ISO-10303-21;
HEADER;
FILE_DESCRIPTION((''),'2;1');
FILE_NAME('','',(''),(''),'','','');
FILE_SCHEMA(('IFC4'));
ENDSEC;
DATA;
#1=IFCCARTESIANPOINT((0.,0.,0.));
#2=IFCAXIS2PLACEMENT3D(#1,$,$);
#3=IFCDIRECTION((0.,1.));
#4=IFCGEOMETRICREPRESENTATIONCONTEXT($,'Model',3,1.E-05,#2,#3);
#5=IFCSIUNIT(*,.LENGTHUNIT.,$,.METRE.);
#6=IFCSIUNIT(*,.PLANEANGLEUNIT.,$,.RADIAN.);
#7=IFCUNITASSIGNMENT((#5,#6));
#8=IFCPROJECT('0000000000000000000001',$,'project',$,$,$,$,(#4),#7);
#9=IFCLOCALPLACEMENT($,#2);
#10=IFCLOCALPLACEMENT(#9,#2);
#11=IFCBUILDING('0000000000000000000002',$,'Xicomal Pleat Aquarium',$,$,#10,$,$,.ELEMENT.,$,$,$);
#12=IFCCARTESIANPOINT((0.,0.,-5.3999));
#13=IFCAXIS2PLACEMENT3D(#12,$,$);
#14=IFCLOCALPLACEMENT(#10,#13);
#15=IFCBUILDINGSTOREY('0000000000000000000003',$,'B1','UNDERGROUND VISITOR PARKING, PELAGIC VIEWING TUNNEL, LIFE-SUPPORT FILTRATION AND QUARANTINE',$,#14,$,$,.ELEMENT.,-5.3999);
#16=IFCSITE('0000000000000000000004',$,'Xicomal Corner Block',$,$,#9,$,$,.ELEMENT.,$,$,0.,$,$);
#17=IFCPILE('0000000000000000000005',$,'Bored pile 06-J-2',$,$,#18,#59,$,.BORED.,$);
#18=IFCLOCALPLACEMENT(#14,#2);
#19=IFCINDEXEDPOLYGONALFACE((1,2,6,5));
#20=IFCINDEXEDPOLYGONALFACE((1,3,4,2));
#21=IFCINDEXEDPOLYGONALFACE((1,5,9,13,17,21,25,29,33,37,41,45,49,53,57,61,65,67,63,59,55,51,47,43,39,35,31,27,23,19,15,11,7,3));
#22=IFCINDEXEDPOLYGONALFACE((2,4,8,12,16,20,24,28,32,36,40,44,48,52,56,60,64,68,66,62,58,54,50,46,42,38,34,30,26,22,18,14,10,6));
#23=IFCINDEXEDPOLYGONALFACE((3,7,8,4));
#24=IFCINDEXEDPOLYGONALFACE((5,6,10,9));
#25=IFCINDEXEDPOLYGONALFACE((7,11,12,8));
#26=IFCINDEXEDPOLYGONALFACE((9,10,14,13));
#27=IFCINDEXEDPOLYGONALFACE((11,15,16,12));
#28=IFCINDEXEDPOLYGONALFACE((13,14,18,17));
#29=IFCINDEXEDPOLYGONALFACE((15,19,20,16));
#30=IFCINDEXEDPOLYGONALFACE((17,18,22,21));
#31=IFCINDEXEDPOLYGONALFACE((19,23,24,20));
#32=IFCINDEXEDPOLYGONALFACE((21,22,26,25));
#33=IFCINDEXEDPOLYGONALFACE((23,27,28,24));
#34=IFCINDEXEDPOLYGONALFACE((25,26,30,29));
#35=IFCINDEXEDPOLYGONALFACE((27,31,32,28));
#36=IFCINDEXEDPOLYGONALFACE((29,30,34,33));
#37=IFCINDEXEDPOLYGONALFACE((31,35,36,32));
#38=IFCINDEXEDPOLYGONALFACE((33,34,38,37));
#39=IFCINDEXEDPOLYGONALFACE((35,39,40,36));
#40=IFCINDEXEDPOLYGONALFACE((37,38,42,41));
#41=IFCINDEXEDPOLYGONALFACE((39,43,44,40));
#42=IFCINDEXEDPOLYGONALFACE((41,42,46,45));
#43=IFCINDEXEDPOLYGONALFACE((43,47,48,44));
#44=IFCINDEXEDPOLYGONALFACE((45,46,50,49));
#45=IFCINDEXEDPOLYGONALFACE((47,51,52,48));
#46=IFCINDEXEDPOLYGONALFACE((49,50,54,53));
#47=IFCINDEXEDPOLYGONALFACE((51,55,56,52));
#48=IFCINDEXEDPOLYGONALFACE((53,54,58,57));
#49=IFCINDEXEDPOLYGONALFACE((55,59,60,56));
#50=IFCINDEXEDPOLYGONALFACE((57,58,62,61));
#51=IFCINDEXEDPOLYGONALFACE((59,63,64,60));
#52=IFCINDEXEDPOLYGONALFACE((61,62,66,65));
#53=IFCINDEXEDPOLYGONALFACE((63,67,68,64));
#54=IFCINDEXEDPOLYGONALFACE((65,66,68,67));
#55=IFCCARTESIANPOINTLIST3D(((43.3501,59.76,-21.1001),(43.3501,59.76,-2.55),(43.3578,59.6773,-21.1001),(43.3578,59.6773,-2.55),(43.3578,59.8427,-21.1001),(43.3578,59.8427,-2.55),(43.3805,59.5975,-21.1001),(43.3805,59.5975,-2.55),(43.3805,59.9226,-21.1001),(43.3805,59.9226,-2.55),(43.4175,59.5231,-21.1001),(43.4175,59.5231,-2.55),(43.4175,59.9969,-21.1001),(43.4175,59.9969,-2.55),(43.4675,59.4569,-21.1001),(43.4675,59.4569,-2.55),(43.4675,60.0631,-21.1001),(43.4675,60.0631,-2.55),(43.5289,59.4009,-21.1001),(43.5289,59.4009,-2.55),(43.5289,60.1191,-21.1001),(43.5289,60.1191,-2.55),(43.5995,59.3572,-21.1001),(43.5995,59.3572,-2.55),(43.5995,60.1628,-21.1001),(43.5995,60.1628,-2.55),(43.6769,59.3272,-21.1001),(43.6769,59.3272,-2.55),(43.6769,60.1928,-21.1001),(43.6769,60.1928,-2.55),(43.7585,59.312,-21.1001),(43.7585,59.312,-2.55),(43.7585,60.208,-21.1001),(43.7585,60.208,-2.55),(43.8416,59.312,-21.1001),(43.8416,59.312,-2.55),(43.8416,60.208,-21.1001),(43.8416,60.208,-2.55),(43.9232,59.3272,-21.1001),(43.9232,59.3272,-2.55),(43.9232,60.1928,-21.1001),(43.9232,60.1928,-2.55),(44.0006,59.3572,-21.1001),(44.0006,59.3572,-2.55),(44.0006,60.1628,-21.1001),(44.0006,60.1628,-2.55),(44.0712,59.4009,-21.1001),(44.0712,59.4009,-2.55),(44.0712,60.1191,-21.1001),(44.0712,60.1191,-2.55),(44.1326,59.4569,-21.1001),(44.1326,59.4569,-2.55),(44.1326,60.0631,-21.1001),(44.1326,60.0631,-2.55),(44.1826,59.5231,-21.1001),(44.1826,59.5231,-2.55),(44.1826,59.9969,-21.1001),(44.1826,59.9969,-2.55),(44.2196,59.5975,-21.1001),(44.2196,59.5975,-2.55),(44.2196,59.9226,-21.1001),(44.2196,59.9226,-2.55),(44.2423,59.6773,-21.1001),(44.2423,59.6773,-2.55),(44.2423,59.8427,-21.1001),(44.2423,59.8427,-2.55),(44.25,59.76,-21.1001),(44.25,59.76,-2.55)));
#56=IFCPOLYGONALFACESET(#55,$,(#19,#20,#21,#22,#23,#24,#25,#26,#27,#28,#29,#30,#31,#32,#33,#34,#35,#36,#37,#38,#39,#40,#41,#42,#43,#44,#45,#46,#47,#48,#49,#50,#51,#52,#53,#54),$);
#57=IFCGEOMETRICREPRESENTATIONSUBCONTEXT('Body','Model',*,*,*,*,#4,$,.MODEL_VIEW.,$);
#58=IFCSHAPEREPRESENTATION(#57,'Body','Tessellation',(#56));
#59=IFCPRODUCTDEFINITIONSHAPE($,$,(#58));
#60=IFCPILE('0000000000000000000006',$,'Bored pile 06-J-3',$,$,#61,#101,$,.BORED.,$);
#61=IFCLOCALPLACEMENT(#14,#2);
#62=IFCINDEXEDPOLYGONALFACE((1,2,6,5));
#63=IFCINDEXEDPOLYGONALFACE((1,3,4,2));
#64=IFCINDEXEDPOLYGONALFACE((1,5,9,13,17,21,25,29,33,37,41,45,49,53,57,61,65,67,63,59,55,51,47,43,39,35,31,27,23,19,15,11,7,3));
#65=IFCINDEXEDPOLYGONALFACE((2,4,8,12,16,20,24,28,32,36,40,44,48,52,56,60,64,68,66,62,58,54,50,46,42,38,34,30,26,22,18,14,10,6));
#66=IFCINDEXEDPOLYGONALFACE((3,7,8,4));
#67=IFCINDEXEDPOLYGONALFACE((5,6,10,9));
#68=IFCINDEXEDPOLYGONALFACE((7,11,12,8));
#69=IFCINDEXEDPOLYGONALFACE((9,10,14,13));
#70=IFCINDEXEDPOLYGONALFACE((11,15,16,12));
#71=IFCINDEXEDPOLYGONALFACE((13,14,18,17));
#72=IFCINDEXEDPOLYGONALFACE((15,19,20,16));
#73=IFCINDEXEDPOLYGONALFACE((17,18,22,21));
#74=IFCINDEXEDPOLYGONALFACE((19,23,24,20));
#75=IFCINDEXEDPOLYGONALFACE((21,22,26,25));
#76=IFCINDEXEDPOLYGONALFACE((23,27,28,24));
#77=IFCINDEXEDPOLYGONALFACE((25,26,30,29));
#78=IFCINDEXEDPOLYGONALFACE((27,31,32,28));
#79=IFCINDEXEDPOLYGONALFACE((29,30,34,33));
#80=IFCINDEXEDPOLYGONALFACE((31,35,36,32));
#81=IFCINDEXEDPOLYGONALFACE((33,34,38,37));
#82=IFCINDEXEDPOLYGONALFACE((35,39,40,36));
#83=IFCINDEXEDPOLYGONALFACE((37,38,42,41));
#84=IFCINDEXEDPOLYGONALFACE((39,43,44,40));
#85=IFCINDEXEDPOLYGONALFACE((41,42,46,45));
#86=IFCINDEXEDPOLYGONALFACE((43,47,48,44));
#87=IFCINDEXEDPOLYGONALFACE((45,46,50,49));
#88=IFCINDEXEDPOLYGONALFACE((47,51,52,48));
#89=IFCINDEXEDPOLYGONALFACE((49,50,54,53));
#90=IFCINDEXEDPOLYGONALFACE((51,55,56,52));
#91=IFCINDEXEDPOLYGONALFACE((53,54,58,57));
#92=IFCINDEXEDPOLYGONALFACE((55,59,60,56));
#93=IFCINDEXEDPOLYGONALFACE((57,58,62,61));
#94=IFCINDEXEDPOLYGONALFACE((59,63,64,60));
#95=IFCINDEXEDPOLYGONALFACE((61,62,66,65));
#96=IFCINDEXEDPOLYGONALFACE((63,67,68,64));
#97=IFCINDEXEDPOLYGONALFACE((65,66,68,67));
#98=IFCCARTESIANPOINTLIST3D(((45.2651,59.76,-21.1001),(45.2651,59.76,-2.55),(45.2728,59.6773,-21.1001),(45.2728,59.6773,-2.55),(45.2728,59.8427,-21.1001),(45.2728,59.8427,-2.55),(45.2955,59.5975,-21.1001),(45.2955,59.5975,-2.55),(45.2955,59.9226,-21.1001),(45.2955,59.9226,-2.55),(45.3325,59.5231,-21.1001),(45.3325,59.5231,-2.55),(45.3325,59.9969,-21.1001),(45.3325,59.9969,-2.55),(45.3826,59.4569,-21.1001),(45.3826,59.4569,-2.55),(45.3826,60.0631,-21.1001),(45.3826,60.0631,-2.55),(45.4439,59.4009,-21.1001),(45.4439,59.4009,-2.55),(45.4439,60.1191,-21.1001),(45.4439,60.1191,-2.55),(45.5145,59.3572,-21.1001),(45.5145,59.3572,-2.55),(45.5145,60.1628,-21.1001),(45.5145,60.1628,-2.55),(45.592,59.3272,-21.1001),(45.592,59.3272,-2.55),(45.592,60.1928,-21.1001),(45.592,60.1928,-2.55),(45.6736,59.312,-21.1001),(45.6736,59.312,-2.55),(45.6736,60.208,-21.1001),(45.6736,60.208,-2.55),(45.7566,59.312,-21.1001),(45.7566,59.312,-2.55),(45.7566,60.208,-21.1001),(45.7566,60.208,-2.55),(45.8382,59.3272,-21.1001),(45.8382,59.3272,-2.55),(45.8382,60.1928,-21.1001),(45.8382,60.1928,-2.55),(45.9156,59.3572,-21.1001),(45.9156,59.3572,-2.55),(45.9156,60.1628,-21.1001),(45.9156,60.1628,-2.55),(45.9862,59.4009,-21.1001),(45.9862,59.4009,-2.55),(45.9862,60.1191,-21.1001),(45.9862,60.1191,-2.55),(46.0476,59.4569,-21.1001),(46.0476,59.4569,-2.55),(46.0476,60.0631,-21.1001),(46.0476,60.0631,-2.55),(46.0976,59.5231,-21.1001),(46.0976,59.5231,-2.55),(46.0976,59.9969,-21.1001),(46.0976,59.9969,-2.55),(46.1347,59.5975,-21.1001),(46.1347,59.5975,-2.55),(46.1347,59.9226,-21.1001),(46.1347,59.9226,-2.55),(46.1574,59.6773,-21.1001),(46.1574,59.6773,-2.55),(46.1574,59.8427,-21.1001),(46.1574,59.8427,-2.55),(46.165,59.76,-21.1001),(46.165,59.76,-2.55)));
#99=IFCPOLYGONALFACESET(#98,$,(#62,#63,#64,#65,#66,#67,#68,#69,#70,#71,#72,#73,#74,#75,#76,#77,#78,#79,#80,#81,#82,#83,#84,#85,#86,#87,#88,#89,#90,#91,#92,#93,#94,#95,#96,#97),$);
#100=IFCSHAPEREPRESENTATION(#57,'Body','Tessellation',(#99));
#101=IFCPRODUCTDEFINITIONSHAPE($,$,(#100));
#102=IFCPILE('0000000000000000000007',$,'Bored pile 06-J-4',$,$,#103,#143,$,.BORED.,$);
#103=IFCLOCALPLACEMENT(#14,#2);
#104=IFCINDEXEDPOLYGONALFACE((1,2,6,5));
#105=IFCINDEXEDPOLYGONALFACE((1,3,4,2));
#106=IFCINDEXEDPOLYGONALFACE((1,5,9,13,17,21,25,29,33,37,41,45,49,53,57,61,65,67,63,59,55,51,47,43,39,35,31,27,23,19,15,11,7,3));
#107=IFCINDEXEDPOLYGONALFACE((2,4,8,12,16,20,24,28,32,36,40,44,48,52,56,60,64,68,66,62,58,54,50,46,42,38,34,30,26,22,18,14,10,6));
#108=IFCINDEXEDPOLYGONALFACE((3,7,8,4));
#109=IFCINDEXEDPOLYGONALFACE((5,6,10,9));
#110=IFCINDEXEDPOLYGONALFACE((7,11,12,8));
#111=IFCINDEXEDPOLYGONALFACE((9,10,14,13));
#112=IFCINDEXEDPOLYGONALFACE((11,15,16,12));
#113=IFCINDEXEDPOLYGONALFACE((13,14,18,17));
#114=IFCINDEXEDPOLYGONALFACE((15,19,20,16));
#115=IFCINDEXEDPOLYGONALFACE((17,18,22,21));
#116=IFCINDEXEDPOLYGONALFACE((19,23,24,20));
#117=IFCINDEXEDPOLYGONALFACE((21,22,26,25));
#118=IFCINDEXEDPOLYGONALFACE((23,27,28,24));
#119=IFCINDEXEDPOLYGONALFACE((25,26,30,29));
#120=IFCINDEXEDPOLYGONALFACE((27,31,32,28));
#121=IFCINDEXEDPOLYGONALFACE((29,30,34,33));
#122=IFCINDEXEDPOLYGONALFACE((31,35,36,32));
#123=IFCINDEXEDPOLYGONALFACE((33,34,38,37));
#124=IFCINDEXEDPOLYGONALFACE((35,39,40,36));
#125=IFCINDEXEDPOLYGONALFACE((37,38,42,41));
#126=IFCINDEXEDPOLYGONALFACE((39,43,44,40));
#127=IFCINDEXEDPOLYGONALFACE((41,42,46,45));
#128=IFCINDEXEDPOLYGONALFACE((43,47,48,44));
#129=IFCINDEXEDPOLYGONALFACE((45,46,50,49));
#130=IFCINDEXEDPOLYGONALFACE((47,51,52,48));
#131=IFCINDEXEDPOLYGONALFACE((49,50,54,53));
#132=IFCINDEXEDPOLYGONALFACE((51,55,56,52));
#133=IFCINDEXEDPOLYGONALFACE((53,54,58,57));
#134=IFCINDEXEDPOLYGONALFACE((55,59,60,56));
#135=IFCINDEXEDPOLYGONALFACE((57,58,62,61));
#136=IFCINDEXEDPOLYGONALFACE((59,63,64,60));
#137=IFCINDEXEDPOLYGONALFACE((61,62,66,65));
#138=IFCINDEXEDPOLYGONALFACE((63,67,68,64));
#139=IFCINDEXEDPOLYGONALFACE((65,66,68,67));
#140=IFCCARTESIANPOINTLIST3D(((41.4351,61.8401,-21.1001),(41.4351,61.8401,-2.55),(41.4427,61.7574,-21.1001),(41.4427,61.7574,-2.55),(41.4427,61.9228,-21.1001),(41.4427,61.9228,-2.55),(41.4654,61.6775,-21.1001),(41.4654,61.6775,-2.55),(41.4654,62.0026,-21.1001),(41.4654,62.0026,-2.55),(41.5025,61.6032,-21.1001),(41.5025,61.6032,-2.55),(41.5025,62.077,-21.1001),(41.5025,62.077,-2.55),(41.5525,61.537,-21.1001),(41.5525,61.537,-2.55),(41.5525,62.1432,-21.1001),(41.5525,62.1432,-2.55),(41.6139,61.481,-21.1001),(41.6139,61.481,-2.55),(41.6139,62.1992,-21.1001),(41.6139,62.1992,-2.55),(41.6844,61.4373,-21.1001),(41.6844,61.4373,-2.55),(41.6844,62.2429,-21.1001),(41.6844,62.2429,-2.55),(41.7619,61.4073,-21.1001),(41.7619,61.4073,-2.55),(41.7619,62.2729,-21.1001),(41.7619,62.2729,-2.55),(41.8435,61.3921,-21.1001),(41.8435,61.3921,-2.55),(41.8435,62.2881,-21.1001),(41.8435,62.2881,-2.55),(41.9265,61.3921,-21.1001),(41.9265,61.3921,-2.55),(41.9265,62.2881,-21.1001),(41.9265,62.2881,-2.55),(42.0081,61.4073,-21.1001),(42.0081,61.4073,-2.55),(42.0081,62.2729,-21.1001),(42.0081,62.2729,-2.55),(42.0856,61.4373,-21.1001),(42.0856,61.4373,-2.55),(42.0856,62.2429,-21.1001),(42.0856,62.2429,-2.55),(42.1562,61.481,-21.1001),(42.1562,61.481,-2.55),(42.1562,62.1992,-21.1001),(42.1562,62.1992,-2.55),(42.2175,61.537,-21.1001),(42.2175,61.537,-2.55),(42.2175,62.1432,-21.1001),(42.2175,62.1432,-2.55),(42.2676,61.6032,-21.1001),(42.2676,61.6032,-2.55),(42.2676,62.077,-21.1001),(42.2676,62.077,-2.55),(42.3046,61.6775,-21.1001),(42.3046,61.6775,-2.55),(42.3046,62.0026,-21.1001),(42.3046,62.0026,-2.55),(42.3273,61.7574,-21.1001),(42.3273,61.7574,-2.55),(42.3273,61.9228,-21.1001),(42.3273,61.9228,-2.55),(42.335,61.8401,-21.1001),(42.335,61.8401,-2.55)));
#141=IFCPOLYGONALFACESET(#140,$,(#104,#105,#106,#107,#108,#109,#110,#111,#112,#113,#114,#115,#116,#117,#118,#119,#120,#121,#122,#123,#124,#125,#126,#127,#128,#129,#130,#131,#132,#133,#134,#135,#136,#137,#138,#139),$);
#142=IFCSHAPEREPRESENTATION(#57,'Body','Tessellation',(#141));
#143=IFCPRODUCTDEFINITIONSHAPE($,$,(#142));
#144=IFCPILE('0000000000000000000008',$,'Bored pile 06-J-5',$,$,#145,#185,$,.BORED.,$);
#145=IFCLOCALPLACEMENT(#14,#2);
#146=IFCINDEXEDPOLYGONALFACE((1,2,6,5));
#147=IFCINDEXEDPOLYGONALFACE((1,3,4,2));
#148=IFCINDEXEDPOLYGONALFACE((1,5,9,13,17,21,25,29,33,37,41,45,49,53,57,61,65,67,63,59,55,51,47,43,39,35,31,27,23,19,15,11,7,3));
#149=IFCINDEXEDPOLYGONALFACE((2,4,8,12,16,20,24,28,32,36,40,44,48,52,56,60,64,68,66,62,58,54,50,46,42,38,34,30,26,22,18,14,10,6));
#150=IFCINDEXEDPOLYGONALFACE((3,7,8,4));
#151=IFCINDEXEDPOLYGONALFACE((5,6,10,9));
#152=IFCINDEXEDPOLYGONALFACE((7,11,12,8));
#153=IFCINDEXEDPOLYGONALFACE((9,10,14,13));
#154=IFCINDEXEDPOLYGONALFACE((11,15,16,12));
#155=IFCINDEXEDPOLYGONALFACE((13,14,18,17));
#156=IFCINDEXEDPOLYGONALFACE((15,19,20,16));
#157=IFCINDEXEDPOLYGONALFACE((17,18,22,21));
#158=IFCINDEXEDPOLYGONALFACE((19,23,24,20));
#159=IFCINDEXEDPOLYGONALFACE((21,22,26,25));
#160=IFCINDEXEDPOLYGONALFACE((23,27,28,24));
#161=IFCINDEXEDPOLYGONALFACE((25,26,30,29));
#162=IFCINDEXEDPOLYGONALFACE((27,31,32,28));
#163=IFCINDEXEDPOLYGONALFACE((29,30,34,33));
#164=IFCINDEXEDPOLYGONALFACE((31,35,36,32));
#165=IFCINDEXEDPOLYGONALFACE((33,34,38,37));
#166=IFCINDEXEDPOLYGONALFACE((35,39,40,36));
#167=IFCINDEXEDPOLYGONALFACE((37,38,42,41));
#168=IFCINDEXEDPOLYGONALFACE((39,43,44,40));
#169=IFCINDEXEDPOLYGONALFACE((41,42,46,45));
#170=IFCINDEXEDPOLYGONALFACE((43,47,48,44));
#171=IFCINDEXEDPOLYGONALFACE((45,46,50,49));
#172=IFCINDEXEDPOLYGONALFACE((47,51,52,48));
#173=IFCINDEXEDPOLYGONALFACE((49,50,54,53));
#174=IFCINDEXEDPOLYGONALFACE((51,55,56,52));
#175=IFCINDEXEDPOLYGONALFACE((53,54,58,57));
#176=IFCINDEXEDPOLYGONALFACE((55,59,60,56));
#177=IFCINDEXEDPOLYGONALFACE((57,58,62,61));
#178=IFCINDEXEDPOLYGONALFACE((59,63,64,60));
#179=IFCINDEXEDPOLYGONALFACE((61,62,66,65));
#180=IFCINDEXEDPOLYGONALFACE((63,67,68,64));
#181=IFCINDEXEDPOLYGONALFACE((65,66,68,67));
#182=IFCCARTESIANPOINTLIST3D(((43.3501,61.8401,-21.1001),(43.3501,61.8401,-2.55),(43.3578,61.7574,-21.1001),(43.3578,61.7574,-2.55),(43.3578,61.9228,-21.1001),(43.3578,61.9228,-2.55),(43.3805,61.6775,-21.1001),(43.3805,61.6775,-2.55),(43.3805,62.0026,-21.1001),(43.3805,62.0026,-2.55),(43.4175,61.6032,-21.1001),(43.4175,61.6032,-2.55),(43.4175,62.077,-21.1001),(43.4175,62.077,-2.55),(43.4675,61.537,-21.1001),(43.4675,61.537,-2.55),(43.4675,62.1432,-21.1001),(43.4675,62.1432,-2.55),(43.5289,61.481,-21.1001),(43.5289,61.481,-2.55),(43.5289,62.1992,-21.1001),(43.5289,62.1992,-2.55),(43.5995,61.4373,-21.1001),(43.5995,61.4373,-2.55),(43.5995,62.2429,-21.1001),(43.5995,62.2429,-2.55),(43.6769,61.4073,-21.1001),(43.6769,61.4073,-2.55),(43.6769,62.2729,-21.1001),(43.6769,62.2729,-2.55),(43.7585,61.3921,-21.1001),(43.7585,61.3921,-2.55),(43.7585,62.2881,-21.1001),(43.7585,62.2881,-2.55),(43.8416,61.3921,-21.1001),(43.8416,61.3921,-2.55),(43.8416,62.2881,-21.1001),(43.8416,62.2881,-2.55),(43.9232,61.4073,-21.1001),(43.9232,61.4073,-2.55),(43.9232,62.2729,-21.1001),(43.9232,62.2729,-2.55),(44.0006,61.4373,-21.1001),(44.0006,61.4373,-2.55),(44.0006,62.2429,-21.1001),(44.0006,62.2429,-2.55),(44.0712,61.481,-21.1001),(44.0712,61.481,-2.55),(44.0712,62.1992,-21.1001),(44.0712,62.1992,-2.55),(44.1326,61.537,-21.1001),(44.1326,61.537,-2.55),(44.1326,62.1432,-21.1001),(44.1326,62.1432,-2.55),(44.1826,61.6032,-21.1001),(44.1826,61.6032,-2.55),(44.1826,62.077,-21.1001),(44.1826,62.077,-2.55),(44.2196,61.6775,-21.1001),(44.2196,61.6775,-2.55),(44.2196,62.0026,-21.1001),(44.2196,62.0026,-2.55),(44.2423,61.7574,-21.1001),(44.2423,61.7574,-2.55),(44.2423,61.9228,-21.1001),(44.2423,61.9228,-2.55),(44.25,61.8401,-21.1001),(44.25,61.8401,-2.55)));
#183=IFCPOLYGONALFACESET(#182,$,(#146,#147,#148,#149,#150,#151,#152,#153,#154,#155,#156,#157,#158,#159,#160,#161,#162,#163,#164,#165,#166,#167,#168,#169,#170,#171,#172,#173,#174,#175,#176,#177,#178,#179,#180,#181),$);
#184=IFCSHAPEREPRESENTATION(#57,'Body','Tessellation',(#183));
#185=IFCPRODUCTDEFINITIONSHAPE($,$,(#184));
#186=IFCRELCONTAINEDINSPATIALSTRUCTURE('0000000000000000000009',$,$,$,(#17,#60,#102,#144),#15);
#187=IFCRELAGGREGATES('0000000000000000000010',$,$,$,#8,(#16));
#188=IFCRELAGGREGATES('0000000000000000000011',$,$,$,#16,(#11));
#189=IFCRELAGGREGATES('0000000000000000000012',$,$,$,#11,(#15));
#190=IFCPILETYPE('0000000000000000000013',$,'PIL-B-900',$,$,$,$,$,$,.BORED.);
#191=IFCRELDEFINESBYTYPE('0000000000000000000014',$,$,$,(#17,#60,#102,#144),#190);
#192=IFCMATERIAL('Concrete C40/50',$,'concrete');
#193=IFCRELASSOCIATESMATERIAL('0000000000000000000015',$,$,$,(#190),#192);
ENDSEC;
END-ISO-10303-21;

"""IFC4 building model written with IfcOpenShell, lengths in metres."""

from ifc_helpers import new_model, si_unit, direction, frame, origin, origin_2d, place, context, subcontext, project, spatial, circle, extrude, material, material_profile, profile_set, type_object, element, save


model = new_model("IFC4")

# Units and contexts
model_context = context("Model", 3, precision=1e-05, world=origin(), true_north=direction((0.0, 1.0)))
body_context = subcontext(model_context, "Body", "Model", "MODEL_VIEW")
ifc_project = project(units=[si_unit("LENGTHUNIT", "METRE"), si_unit("PLANEANGLEUNIT", "RADIAN")], contexts=[model_context])

# Site, building, storey
site_placement = place(None, origin())
site = spatial("IfcSite", under=ifc_project, at=site_placement, Name="Xicomal Corner Block", CompositionType="ELEMENT", RefElevation=0.0)
building_placement = place(site_placement, origin())
building = spatial("IfcBuilding", under=site, at=building_placement, Name="Xicomal Pleat Aquarium", CompositionType="ELEMENT")
storey_placement = place(building_placement, frame((0.0, 0.0, -5.3999)))
storey = spatial("IfcBuildingStorey", under=building, at=storey_placement, Name="B1", Description="UNDERGROUND VISITOR PARKING, PELAGIC VIEWING TUNNEL, LIFE-SUPPORT FILTRATION AND QUARANTINE", CompositionType="ELEMENT", Elevation=-5.3999)

# Piles
ifc_material_1 = material(Name="Concrete C40/50", Category="concrete")
ifc_material_profile_1 = material_profile(ifc_material_1, circle(Radius=0.45, at=origin_2d()), Name="BORED PILE D900")
ifc_profile_set_1 = profile_set([ifc_material_profile_1], Name="Concrete C40/50")
pile_type_1 = type_object("IfcPileType", Name="PIL-B-900", PredefinedType="BORED", material=ifc_profile_set_1)
for number, where, z_axis, x_axis, name in (
    (1, (43.8, 59.76, -2.55), (0.0, 0.0, -1.0), (1.0, 0.0, 0.0), "Bored pile 06-J-2"),
    (2, (45.7151, 59.76, -2.55), (0.0, 0.0, -1.0), (1.0, 0.0, 0.0), "Bored pile 06-J-3"),
    (3, (41.885, 61.8401, -2.55), (0.0, 0.0, -1.0), (1.0, 0.0, 0.0), "Bored pile 06-J-4"),
    (4, (43.8, 61.8401, -2.55), (0.0, 0.0, -1.0), (1.0, 0.0, 0.0), "Bored pile 06-J-5"),
):
    element("IfcPile", number, at=place(storey_placement, frame(where, z_axis=z_axis, x_axis=x_axis)), inside=storey, type_object=pile_type_1, Name=name, PredefinedType="BORED", context=body_context, shape_type="SweptSolid", body=[
        extrude(circle(Radius=0.45, at=origin_2d()), origin(), (0.0, 0.0, 1.0), 18.55),
    ])

save(model, "model.ifc")
